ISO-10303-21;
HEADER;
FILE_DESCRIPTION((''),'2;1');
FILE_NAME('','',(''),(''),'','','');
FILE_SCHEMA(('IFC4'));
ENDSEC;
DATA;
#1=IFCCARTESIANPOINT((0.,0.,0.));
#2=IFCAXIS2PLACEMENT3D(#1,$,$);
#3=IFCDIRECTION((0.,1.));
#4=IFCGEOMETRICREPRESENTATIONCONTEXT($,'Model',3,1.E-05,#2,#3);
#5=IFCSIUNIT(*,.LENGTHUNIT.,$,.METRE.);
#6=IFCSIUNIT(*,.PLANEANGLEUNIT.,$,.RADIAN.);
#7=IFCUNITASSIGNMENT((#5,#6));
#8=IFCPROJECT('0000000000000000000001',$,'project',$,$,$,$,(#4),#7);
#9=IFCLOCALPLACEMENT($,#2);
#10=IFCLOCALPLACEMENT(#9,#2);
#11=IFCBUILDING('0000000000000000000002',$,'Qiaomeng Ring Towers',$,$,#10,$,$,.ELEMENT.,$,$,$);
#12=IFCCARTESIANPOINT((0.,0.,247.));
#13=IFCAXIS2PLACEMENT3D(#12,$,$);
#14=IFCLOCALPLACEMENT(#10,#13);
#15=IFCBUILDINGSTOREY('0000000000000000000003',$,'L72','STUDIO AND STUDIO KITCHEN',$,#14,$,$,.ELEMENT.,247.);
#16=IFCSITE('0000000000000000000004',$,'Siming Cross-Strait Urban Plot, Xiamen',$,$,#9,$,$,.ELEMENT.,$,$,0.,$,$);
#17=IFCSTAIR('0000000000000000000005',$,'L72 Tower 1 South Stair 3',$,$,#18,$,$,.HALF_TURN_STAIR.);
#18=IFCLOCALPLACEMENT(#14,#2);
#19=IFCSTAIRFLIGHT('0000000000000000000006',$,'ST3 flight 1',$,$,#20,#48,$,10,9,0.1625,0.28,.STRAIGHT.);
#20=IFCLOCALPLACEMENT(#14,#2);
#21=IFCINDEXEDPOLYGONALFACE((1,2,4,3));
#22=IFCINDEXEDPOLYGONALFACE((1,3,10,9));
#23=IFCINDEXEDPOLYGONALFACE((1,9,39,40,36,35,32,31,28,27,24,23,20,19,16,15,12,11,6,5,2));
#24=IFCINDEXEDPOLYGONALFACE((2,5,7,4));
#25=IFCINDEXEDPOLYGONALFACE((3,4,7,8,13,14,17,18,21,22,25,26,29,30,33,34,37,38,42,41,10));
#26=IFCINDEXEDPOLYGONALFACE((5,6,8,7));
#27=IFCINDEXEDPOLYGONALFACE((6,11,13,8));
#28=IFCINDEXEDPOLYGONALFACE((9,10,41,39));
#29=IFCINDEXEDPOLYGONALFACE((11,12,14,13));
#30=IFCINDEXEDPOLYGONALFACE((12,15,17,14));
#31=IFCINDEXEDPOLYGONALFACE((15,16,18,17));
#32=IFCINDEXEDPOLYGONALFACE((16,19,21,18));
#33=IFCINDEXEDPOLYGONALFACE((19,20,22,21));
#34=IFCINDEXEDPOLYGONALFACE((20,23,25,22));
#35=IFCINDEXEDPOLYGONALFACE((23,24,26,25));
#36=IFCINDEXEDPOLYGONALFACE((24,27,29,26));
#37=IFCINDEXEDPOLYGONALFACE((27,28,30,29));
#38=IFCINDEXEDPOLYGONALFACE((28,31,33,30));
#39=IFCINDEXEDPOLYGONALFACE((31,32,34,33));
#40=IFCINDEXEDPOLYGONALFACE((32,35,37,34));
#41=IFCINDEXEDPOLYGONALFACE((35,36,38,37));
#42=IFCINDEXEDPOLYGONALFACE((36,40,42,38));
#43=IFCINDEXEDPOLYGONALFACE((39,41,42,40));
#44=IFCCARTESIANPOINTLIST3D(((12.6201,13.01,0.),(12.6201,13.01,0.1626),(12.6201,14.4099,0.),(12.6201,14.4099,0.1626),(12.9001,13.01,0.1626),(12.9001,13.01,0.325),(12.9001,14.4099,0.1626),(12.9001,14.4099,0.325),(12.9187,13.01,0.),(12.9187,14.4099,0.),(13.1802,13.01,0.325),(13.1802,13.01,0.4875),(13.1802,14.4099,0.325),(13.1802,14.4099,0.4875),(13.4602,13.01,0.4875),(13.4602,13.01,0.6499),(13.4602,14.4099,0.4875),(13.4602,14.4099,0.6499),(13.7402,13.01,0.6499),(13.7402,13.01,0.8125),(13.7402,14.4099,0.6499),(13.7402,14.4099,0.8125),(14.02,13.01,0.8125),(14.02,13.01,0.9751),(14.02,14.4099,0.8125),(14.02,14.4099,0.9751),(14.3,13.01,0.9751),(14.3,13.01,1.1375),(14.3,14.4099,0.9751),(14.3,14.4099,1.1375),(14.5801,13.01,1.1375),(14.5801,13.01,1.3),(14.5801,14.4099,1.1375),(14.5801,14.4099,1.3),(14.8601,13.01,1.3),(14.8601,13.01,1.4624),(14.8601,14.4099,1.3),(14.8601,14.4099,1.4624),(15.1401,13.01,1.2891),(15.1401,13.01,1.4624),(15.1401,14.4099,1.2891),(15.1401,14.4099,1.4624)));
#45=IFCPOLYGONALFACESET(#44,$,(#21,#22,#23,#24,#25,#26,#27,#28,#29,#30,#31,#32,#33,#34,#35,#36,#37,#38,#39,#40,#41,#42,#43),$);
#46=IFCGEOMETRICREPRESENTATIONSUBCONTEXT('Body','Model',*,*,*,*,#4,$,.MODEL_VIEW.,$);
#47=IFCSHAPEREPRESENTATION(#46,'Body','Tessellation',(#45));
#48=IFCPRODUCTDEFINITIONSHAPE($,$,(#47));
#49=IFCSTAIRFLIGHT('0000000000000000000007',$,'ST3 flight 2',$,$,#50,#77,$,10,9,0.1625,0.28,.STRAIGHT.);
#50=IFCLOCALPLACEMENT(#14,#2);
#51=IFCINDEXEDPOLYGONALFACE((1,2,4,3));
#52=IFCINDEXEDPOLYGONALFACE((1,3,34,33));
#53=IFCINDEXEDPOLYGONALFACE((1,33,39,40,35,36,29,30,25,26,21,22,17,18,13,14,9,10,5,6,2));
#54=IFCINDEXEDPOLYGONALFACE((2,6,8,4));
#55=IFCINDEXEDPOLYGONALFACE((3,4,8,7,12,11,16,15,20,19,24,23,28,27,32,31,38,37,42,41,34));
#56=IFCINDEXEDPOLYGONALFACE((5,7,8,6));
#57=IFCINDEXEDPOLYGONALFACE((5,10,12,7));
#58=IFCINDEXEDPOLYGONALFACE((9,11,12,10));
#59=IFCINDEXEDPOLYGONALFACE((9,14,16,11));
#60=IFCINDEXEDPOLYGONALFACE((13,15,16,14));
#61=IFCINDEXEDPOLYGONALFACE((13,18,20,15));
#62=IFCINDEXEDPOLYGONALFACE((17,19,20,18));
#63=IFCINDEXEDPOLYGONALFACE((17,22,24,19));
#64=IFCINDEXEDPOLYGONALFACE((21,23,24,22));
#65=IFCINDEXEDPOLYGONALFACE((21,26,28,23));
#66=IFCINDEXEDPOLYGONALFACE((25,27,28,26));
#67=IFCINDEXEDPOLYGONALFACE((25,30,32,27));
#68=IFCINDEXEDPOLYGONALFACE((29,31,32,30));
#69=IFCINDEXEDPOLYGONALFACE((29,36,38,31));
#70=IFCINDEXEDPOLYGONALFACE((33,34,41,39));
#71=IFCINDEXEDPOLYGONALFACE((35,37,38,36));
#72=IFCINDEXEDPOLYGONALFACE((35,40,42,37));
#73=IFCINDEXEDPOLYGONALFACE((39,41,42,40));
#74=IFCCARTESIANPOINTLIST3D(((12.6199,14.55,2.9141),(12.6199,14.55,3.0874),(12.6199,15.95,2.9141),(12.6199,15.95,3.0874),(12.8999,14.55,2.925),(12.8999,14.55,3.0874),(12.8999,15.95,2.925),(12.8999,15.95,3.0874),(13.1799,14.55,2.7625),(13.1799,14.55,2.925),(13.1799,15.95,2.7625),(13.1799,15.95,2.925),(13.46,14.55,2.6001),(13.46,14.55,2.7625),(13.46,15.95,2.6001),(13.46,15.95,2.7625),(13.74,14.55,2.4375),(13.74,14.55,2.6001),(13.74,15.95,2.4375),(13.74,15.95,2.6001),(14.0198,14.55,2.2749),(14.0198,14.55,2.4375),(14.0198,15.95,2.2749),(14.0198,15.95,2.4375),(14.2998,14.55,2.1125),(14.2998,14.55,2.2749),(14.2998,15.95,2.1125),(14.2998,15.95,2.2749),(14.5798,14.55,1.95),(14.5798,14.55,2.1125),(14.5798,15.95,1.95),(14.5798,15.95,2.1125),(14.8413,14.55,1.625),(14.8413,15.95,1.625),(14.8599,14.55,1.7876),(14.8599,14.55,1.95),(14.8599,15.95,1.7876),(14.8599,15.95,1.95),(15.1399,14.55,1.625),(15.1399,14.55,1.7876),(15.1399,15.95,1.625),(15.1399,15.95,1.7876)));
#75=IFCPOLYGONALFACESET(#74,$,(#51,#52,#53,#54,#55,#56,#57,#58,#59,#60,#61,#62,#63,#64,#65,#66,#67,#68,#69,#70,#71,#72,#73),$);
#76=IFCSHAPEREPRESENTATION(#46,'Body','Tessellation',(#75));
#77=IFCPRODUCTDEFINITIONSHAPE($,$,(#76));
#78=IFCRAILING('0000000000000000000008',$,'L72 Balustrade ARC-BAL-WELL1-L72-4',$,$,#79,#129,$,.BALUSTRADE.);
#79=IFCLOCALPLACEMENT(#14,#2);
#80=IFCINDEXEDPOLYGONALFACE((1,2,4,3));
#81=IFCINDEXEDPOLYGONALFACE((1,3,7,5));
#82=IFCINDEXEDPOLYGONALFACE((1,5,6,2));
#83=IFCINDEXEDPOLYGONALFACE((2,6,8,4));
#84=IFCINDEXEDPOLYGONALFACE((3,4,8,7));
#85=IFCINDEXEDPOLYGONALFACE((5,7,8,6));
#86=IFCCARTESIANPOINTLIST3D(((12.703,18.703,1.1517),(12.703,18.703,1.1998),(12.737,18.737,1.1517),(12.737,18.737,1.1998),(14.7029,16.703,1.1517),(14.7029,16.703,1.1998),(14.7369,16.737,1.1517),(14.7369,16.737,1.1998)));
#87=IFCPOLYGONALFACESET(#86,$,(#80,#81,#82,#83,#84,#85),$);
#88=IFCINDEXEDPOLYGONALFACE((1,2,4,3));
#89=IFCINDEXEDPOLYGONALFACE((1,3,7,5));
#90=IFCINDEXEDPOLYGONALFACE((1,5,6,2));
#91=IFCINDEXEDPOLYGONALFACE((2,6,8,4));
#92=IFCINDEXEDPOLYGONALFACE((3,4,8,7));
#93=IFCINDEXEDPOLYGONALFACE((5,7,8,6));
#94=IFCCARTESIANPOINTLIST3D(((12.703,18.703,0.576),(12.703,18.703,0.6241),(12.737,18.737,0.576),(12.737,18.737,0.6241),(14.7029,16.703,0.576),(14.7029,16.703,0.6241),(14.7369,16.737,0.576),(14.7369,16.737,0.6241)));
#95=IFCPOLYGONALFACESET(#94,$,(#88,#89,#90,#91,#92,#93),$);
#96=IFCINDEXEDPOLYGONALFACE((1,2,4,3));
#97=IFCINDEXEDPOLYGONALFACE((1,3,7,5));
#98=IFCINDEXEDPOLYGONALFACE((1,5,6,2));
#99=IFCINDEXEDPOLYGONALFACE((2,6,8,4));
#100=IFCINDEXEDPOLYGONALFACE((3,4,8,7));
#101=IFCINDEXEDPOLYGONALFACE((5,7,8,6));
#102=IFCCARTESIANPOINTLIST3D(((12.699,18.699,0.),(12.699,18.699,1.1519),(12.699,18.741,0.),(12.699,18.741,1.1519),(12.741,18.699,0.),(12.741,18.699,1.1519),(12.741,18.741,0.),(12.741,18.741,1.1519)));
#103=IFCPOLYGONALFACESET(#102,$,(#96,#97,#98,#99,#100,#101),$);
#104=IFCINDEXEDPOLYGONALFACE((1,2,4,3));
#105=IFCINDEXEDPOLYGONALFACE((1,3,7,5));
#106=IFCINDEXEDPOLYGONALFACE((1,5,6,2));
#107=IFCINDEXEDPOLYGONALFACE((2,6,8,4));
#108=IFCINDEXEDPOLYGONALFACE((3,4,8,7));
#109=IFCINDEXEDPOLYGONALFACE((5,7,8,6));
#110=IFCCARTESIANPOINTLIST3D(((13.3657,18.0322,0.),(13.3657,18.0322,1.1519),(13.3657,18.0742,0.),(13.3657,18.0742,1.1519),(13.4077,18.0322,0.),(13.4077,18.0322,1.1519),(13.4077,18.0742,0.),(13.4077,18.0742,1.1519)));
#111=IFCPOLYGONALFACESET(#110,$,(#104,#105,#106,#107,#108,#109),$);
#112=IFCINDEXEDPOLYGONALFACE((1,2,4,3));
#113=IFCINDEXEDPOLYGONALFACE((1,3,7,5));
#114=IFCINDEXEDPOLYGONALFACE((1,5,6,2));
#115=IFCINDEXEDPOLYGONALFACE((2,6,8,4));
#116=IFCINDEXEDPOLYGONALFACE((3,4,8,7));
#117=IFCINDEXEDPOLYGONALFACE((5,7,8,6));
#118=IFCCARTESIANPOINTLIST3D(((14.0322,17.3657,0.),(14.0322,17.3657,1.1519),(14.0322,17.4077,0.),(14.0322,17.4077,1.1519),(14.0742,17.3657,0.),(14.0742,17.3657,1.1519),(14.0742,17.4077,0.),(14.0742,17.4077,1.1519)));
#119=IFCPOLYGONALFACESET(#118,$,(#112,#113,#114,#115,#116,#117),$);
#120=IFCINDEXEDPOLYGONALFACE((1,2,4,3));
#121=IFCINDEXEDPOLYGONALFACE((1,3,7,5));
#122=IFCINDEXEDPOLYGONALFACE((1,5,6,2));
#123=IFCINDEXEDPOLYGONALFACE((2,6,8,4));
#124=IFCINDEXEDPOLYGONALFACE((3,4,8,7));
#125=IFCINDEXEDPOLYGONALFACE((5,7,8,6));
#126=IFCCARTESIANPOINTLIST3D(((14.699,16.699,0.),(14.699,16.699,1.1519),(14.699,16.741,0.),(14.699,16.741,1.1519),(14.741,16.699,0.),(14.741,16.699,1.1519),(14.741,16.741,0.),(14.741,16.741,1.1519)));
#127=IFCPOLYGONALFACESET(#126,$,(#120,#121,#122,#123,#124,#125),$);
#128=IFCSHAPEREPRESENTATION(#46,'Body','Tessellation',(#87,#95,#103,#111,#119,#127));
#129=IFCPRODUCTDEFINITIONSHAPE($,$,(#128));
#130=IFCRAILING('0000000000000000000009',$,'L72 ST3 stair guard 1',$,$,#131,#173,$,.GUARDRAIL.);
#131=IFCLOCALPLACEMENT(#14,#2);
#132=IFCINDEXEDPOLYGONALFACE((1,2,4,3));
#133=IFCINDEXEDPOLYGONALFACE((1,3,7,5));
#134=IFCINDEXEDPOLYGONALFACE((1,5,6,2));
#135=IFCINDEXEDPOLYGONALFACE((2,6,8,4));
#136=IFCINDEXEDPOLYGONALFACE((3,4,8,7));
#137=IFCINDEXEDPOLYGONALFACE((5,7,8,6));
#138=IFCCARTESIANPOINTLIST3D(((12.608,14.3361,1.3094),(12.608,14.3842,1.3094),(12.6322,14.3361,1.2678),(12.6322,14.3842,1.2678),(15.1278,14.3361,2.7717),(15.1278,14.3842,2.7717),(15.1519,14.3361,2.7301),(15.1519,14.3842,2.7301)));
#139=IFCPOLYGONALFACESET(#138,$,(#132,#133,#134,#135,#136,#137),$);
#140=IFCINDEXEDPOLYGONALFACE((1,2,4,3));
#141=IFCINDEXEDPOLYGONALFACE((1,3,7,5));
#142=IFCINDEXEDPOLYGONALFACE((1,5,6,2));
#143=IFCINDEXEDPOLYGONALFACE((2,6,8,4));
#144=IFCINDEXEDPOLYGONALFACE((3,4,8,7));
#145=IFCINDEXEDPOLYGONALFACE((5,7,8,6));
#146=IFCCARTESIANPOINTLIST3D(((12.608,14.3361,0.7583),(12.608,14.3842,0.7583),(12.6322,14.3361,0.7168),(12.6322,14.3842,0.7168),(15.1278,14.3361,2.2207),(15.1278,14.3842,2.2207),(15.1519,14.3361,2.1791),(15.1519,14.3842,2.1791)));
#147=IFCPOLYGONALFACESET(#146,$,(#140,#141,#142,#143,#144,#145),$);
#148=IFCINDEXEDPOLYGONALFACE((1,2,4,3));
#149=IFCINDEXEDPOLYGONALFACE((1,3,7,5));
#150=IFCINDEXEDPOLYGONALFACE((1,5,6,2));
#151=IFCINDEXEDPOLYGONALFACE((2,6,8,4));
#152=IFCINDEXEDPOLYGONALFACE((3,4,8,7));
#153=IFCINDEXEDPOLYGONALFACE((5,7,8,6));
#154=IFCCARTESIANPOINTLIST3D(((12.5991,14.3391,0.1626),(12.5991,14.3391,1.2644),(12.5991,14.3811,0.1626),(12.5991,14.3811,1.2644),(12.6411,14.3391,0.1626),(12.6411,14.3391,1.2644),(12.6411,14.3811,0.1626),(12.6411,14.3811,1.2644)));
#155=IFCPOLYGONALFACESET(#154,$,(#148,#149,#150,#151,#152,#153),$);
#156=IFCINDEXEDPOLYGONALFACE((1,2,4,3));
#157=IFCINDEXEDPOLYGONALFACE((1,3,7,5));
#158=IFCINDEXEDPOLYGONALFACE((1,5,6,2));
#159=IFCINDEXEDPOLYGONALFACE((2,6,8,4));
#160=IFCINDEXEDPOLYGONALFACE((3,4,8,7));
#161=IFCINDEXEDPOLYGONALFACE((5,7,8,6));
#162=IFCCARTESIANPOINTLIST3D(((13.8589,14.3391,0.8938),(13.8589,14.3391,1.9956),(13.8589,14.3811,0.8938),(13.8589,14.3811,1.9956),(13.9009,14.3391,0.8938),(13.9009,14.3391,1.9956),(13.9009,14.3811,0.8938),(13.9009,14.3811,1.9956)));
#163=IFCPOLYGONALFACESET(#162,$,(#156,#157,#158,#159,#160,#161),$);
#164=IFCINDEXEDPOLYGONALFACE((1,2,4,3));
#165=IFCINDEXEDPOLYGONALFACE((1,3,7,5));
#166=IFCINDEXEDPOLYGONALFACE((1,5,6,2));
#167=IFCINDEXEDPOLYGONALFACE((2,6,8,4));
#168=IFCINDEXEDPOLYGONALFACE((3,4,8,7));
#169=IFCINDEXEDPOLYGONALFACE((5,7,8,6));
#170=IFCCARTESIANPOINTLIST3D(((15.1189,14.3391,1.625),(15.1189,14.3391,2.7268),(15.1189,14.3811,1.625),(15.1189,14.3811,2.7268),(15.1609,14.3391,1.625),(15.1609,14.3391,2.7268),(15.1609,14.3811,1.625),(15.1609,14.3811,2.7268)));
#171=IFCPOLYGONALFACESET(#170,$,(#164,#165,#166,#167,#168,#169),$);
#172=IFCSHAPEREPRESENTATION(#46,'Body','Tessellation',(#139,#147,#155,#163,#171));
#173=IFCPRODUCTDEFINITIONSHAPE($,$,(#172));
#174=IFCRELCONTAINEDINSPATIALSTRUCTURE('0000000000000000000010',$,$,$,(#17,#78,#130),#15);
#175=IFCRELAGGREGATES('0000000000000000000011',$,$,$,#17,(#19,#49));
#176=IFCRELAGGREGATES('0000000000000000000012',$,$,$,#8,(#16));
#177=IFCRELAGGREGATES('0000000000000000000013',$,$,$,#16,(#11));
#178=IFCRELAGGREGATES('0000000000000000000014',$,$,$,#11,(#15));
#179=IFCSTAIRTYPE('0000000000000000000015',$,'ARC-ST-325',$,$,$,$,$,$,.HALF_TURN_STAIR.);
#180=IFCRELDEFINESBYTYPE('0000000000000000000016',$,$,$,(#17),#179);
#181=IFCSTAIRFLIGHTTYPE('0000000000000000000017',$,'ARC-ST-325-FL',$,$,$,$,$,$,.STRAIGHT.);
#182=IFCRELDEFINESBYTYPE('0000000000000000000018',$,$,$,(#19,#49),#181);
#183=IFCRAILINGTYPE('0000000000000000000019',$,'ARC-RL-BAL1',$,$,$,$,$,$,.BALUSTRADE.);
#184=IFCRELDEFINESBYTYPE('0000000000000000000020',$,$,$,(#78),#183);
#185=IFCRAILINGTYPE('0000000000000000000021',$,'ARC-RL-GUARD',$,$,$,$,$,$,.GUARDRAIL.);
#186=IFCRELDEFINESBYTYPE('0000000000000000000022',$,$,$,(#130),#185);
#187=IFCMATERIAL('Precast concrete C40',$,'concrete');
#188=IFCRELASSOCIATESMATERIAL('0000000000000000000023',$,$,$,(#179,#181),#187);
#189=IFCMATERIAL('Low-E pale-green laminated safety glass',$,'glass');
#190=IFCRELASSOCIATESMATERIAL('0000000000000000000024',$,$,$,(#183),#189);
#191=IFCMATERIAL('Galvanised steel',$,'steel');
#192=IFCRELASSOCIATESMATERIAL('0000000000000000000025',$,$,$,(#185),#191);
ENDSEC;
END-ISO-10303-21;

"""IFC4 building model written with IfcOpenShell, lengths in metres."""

from ifc_helpers import new_model, si_unit, direction, frame, origin, origin_2d, place, context, subcontext, project, spatial, polyline, rectangle, outline, extrude, source, transform, mapped, material, type_object, element, aggregate, save


model = new_model("IFC4")

# Units and contexts
model_context = context("Model", 3, precision=1e-05, world=origin(), true_north=direction((0.0, 1.0)))
body_context = subcontext(model_context, "Body", "Model", "MODEL_VIEW")
ifc_project = project(units=[si_unit("LENGTHUNIT", "METRE"), si_unit("PLANEANGLEUNIT", "RADIAN")], contexts=[model_context])

# Site, building, storey
site_placement = place(None, origin())
site = spatial("IfcSite", under=ifc_project, at=site_placement, Name="Siming Cross-Strait Urban Plot, Xiamen", CompositionType="ELEMENT", RefElevation=0.0)
building_placement = place(site_placement, origin())
building = spatial("IfcBuilding", under=site, at=building_placement, Name="Qiaomeng Ring Towers", CompositionType="ELEMENT")
storey_placement = place(building_placement, frame((0.0, 0.0, 247.0)))
storey = spatial("IfcBuildingStorey", under=building, at=storey_placement, Name="L72", Description="STUDIO AND STUDIO KITCHEN", CompositionType="ELEMENT", Elevation=247.0)

# Shared definitions
ifc_material_1 = material(Name="Galvanised steel", Category="steel")

# Stair, stair flights
ifc_material_2 = material(Name="Precast concrete C40", Category="concrete")
stair_type = type_object("IfcStairType", Name="ARC-ST-325", PredefinedType="HALF_TURN_STAIR", material=ifc_material_2)
stair_placement = place(storey_placement, origin())
stair = element("IfcStair", 1, at=stair_placement, inside=storey, type_object=stair_type, Name="L72 Tower 1 South Stair 3", PredefinedType="HALF_TURN_STAIR")
stair_flight_type = type_object("IfcStairFlightType", Name="ARC-ST-325-FL", PredefinedType="STRAIGHT", material=ifc_material_2)
shared_shape_1 = source(origin(), body_context, "Body", "SweptSolid", [
    extrude(outline(polyline([(0.0, 0.0), (0.0, 0.1626), (0.28, 0.1626), (0.28, 0.325), (0.5601, 0.325), (0.5601, 0.4875), (0.8401, 0.4875), (0.8401, 0.6499), (1.1201, 0.6499), (1.1201, 0.8125), (1.3999, 0.8125), (1.3999, 0.9751), (1.6799, 0.9751), (1.6799, 1.1375), (1.96, 1.1375), (1.96, 1.3), (2.24, 1.3), (2.24, 1.4624), (2.52, 1.4624), (2.52, 1.625), (2.52, 1.2891), (0.2986, 0.0), (0.0, 0.0)])), frame((0.0, 0.7, 0.0), z_axis=(0.0, -1.0, 0.0), x_axis=(1.0, 0.0, 0.0)), (0.0, 0.0, 1.0), 1.3999),
])
stair_flight_1_placement = place(storey_placement, frame((12.6201, 13.71, 0.0), z_axis=(0.0, 0.0, 1.0), x_axis=(1.0, 0.0, 0.0)))
stair_flight_1 = element("IfcStairFlight", 2, at=stair_flight_1_placement, type_object=stair_flight_type, Name="ST3 flight 1", NumberOfRisers=10, NumberOfTreads=9, PredefinedType="STRAIGHT", RiserHeight=0.1625, TreadLength=0.28, context=body_context, shape_type="MappedRepresentation", body=[
    mapped(shared_shape_1, transform((0.0, 0.0, 0.0), x_axis=(1.0, 0.0, 0.0), y_axis=(0.0, 1.0, 0.0), z_axis=(0.0, 0.0, 1.0), scale=1.0)),
])
stair_flight_2_placement = place(storey_placement, frame((15.1399, 15.25, 1.625), z_axis=(0.0, 0.0, 1.0), x_axis=(-1.0, 0.0, 0.0)))
stair_flight_2 = element("IfcStairFlight", 3, at=stair_flight_2_placement, type_object=stair_flight_type, Name="ST3 flight 2", NumberOfRisers=10, NumberOfTreads=9, PredefinedType="STRAIGHT", RiserHeight=0.1625, TreadLength=0.28, context=body_context, shape_type="MappedRepresentation", body=[
    mapped(shared_shape_1, transform((0.0, 0.0, 0.0), x_axis=(1.0, 0.0, 0.0), y_axis=(0.0, 1.0, 0.0), z_axis=(0.0, 0.0, 1.0), scale=1.0)),
])
aggregate(stair, [stair_flight_1, stair_flight_2])

# Railings
ifc_material_3 = material(Name="Low-E pale-green laminated safety glass", Category="glass")
railing_type_1 = type_object("IfcRailingType", Name="ARC-RL-BAL1", PredefinedType="BALUSTRADE", material=ifc_material_3)
railing_1_placement = place(storey_placement, frame((12.72, 18.72, 0.0)))
element("IfcRailing", 4, at=railing_1_placement, inside=storey, type_object=railing_type_1, Name="L72 Balustrade ARC-BAL-WELL1-L72-4", PredefinedType="BALUSTRADE", context=body_context, shape_type="SweptSolid", body=[
    extrude(rectangle(XDim=0.0481, YDim=0.0481, at=origin_2d()), frame((0.0, 0.0, 1.1758), z_axis=(0.707107, -0.707107, 0.0), x_axis=(0.707107, 0.707107, 0.0)), (0.0, 0.0, 1.0), 2.8284),
    extrude(rectangle(XDim=0.0481, YDim=0.0481, at=origin_2d()), frame((0.0, 0.0, 0.6001), z_axis=(0.707107, -0.707107, 0.0), x_axis=(0.707107, 0.707107, 0.0)), (0.0, 0.0, 1.0), 2.8284),
    extrude(rectangle(XDim=0.042, YDim=0.042, at=origin_2d()), origin(), (0.0, 0.0, 1.0), 1.1519),
    extrude(rectangle(XDim=0.042, YDim=0.042, at=origin_2d()), frame((0.6667, -0.6667, 0.0)), (0.0, 0.0, 1.0), 1.1519),
    extrude(rectangle(XDim=0.042, YDim=0.042, at=origin_2d()), frame((1.3333, -1.3333, 0.0)), (0.0, 0.0, 1.0), 1.1519),
    extrude(rectangle(XDim=0.042, YDim=0.042, at=origin_2d()), frame((2.0, -2.0, 0.0)), (0.0, 0.0, 1.0), 1.1519),
])
railing_type_2 = type_object("IfcRailingType", Name="ARC-RL-GUARD", PredefinedType="GUARDRAIL", material=ifc_material_1)
railing_2_placement = place(storey_placement, frame((12.6201, 14.3601, 0.1626)))
element("IfcRailing", 5, at=railing_2_placement, inside=storey, type_object=railing_type_2, Name="L72 ST3 stair guard 1", PredefinedType="GUARDRAIL", context=body_context, shape_type="SweptSolid", body=[
    extrude(rectangle(XDim=0.0481, YDim=0.0481, at=origin_2d()), frame((0.0, 0.0, 1.126), z_axis=(0.864892, 0.0, 0.501958), x_axis=(0.0, 1.0, 0.0)), (0.0, 0.0, 1.0), 2.9133),
    extrude(rectangle(XDim=0.0481, YDim=0.0481, at=origin_2d()), frame((0.0, 0.0, 0.575), z_axis=(0.864892, 0.0, 0.501958), x_axis=(0.0, 1.0, 0.0)), (0.0, 0.0, 1.0), 2.9133),
    extrude(rectangle(XDim=0.042, YDim=0.042, at=origin_2d()), origin(), (0.0, 0.0, 1.0), 1.1018),
    extrude(rectangle(XDim=0.042, YDim=0.042, at=origin_2d()), frame((1.2598, 0.0, 0.7312)), (0.0, 0.0, 1.0), 1.1018),
    extrude(rectangle(XDim=0.042, YDim=0.042, at=origin_2d()), frame((2.5198, 0.0, 1.4624)), (0.0, 0.0, 1.0), 1.1018),
])

save(model, "model.ifc")
